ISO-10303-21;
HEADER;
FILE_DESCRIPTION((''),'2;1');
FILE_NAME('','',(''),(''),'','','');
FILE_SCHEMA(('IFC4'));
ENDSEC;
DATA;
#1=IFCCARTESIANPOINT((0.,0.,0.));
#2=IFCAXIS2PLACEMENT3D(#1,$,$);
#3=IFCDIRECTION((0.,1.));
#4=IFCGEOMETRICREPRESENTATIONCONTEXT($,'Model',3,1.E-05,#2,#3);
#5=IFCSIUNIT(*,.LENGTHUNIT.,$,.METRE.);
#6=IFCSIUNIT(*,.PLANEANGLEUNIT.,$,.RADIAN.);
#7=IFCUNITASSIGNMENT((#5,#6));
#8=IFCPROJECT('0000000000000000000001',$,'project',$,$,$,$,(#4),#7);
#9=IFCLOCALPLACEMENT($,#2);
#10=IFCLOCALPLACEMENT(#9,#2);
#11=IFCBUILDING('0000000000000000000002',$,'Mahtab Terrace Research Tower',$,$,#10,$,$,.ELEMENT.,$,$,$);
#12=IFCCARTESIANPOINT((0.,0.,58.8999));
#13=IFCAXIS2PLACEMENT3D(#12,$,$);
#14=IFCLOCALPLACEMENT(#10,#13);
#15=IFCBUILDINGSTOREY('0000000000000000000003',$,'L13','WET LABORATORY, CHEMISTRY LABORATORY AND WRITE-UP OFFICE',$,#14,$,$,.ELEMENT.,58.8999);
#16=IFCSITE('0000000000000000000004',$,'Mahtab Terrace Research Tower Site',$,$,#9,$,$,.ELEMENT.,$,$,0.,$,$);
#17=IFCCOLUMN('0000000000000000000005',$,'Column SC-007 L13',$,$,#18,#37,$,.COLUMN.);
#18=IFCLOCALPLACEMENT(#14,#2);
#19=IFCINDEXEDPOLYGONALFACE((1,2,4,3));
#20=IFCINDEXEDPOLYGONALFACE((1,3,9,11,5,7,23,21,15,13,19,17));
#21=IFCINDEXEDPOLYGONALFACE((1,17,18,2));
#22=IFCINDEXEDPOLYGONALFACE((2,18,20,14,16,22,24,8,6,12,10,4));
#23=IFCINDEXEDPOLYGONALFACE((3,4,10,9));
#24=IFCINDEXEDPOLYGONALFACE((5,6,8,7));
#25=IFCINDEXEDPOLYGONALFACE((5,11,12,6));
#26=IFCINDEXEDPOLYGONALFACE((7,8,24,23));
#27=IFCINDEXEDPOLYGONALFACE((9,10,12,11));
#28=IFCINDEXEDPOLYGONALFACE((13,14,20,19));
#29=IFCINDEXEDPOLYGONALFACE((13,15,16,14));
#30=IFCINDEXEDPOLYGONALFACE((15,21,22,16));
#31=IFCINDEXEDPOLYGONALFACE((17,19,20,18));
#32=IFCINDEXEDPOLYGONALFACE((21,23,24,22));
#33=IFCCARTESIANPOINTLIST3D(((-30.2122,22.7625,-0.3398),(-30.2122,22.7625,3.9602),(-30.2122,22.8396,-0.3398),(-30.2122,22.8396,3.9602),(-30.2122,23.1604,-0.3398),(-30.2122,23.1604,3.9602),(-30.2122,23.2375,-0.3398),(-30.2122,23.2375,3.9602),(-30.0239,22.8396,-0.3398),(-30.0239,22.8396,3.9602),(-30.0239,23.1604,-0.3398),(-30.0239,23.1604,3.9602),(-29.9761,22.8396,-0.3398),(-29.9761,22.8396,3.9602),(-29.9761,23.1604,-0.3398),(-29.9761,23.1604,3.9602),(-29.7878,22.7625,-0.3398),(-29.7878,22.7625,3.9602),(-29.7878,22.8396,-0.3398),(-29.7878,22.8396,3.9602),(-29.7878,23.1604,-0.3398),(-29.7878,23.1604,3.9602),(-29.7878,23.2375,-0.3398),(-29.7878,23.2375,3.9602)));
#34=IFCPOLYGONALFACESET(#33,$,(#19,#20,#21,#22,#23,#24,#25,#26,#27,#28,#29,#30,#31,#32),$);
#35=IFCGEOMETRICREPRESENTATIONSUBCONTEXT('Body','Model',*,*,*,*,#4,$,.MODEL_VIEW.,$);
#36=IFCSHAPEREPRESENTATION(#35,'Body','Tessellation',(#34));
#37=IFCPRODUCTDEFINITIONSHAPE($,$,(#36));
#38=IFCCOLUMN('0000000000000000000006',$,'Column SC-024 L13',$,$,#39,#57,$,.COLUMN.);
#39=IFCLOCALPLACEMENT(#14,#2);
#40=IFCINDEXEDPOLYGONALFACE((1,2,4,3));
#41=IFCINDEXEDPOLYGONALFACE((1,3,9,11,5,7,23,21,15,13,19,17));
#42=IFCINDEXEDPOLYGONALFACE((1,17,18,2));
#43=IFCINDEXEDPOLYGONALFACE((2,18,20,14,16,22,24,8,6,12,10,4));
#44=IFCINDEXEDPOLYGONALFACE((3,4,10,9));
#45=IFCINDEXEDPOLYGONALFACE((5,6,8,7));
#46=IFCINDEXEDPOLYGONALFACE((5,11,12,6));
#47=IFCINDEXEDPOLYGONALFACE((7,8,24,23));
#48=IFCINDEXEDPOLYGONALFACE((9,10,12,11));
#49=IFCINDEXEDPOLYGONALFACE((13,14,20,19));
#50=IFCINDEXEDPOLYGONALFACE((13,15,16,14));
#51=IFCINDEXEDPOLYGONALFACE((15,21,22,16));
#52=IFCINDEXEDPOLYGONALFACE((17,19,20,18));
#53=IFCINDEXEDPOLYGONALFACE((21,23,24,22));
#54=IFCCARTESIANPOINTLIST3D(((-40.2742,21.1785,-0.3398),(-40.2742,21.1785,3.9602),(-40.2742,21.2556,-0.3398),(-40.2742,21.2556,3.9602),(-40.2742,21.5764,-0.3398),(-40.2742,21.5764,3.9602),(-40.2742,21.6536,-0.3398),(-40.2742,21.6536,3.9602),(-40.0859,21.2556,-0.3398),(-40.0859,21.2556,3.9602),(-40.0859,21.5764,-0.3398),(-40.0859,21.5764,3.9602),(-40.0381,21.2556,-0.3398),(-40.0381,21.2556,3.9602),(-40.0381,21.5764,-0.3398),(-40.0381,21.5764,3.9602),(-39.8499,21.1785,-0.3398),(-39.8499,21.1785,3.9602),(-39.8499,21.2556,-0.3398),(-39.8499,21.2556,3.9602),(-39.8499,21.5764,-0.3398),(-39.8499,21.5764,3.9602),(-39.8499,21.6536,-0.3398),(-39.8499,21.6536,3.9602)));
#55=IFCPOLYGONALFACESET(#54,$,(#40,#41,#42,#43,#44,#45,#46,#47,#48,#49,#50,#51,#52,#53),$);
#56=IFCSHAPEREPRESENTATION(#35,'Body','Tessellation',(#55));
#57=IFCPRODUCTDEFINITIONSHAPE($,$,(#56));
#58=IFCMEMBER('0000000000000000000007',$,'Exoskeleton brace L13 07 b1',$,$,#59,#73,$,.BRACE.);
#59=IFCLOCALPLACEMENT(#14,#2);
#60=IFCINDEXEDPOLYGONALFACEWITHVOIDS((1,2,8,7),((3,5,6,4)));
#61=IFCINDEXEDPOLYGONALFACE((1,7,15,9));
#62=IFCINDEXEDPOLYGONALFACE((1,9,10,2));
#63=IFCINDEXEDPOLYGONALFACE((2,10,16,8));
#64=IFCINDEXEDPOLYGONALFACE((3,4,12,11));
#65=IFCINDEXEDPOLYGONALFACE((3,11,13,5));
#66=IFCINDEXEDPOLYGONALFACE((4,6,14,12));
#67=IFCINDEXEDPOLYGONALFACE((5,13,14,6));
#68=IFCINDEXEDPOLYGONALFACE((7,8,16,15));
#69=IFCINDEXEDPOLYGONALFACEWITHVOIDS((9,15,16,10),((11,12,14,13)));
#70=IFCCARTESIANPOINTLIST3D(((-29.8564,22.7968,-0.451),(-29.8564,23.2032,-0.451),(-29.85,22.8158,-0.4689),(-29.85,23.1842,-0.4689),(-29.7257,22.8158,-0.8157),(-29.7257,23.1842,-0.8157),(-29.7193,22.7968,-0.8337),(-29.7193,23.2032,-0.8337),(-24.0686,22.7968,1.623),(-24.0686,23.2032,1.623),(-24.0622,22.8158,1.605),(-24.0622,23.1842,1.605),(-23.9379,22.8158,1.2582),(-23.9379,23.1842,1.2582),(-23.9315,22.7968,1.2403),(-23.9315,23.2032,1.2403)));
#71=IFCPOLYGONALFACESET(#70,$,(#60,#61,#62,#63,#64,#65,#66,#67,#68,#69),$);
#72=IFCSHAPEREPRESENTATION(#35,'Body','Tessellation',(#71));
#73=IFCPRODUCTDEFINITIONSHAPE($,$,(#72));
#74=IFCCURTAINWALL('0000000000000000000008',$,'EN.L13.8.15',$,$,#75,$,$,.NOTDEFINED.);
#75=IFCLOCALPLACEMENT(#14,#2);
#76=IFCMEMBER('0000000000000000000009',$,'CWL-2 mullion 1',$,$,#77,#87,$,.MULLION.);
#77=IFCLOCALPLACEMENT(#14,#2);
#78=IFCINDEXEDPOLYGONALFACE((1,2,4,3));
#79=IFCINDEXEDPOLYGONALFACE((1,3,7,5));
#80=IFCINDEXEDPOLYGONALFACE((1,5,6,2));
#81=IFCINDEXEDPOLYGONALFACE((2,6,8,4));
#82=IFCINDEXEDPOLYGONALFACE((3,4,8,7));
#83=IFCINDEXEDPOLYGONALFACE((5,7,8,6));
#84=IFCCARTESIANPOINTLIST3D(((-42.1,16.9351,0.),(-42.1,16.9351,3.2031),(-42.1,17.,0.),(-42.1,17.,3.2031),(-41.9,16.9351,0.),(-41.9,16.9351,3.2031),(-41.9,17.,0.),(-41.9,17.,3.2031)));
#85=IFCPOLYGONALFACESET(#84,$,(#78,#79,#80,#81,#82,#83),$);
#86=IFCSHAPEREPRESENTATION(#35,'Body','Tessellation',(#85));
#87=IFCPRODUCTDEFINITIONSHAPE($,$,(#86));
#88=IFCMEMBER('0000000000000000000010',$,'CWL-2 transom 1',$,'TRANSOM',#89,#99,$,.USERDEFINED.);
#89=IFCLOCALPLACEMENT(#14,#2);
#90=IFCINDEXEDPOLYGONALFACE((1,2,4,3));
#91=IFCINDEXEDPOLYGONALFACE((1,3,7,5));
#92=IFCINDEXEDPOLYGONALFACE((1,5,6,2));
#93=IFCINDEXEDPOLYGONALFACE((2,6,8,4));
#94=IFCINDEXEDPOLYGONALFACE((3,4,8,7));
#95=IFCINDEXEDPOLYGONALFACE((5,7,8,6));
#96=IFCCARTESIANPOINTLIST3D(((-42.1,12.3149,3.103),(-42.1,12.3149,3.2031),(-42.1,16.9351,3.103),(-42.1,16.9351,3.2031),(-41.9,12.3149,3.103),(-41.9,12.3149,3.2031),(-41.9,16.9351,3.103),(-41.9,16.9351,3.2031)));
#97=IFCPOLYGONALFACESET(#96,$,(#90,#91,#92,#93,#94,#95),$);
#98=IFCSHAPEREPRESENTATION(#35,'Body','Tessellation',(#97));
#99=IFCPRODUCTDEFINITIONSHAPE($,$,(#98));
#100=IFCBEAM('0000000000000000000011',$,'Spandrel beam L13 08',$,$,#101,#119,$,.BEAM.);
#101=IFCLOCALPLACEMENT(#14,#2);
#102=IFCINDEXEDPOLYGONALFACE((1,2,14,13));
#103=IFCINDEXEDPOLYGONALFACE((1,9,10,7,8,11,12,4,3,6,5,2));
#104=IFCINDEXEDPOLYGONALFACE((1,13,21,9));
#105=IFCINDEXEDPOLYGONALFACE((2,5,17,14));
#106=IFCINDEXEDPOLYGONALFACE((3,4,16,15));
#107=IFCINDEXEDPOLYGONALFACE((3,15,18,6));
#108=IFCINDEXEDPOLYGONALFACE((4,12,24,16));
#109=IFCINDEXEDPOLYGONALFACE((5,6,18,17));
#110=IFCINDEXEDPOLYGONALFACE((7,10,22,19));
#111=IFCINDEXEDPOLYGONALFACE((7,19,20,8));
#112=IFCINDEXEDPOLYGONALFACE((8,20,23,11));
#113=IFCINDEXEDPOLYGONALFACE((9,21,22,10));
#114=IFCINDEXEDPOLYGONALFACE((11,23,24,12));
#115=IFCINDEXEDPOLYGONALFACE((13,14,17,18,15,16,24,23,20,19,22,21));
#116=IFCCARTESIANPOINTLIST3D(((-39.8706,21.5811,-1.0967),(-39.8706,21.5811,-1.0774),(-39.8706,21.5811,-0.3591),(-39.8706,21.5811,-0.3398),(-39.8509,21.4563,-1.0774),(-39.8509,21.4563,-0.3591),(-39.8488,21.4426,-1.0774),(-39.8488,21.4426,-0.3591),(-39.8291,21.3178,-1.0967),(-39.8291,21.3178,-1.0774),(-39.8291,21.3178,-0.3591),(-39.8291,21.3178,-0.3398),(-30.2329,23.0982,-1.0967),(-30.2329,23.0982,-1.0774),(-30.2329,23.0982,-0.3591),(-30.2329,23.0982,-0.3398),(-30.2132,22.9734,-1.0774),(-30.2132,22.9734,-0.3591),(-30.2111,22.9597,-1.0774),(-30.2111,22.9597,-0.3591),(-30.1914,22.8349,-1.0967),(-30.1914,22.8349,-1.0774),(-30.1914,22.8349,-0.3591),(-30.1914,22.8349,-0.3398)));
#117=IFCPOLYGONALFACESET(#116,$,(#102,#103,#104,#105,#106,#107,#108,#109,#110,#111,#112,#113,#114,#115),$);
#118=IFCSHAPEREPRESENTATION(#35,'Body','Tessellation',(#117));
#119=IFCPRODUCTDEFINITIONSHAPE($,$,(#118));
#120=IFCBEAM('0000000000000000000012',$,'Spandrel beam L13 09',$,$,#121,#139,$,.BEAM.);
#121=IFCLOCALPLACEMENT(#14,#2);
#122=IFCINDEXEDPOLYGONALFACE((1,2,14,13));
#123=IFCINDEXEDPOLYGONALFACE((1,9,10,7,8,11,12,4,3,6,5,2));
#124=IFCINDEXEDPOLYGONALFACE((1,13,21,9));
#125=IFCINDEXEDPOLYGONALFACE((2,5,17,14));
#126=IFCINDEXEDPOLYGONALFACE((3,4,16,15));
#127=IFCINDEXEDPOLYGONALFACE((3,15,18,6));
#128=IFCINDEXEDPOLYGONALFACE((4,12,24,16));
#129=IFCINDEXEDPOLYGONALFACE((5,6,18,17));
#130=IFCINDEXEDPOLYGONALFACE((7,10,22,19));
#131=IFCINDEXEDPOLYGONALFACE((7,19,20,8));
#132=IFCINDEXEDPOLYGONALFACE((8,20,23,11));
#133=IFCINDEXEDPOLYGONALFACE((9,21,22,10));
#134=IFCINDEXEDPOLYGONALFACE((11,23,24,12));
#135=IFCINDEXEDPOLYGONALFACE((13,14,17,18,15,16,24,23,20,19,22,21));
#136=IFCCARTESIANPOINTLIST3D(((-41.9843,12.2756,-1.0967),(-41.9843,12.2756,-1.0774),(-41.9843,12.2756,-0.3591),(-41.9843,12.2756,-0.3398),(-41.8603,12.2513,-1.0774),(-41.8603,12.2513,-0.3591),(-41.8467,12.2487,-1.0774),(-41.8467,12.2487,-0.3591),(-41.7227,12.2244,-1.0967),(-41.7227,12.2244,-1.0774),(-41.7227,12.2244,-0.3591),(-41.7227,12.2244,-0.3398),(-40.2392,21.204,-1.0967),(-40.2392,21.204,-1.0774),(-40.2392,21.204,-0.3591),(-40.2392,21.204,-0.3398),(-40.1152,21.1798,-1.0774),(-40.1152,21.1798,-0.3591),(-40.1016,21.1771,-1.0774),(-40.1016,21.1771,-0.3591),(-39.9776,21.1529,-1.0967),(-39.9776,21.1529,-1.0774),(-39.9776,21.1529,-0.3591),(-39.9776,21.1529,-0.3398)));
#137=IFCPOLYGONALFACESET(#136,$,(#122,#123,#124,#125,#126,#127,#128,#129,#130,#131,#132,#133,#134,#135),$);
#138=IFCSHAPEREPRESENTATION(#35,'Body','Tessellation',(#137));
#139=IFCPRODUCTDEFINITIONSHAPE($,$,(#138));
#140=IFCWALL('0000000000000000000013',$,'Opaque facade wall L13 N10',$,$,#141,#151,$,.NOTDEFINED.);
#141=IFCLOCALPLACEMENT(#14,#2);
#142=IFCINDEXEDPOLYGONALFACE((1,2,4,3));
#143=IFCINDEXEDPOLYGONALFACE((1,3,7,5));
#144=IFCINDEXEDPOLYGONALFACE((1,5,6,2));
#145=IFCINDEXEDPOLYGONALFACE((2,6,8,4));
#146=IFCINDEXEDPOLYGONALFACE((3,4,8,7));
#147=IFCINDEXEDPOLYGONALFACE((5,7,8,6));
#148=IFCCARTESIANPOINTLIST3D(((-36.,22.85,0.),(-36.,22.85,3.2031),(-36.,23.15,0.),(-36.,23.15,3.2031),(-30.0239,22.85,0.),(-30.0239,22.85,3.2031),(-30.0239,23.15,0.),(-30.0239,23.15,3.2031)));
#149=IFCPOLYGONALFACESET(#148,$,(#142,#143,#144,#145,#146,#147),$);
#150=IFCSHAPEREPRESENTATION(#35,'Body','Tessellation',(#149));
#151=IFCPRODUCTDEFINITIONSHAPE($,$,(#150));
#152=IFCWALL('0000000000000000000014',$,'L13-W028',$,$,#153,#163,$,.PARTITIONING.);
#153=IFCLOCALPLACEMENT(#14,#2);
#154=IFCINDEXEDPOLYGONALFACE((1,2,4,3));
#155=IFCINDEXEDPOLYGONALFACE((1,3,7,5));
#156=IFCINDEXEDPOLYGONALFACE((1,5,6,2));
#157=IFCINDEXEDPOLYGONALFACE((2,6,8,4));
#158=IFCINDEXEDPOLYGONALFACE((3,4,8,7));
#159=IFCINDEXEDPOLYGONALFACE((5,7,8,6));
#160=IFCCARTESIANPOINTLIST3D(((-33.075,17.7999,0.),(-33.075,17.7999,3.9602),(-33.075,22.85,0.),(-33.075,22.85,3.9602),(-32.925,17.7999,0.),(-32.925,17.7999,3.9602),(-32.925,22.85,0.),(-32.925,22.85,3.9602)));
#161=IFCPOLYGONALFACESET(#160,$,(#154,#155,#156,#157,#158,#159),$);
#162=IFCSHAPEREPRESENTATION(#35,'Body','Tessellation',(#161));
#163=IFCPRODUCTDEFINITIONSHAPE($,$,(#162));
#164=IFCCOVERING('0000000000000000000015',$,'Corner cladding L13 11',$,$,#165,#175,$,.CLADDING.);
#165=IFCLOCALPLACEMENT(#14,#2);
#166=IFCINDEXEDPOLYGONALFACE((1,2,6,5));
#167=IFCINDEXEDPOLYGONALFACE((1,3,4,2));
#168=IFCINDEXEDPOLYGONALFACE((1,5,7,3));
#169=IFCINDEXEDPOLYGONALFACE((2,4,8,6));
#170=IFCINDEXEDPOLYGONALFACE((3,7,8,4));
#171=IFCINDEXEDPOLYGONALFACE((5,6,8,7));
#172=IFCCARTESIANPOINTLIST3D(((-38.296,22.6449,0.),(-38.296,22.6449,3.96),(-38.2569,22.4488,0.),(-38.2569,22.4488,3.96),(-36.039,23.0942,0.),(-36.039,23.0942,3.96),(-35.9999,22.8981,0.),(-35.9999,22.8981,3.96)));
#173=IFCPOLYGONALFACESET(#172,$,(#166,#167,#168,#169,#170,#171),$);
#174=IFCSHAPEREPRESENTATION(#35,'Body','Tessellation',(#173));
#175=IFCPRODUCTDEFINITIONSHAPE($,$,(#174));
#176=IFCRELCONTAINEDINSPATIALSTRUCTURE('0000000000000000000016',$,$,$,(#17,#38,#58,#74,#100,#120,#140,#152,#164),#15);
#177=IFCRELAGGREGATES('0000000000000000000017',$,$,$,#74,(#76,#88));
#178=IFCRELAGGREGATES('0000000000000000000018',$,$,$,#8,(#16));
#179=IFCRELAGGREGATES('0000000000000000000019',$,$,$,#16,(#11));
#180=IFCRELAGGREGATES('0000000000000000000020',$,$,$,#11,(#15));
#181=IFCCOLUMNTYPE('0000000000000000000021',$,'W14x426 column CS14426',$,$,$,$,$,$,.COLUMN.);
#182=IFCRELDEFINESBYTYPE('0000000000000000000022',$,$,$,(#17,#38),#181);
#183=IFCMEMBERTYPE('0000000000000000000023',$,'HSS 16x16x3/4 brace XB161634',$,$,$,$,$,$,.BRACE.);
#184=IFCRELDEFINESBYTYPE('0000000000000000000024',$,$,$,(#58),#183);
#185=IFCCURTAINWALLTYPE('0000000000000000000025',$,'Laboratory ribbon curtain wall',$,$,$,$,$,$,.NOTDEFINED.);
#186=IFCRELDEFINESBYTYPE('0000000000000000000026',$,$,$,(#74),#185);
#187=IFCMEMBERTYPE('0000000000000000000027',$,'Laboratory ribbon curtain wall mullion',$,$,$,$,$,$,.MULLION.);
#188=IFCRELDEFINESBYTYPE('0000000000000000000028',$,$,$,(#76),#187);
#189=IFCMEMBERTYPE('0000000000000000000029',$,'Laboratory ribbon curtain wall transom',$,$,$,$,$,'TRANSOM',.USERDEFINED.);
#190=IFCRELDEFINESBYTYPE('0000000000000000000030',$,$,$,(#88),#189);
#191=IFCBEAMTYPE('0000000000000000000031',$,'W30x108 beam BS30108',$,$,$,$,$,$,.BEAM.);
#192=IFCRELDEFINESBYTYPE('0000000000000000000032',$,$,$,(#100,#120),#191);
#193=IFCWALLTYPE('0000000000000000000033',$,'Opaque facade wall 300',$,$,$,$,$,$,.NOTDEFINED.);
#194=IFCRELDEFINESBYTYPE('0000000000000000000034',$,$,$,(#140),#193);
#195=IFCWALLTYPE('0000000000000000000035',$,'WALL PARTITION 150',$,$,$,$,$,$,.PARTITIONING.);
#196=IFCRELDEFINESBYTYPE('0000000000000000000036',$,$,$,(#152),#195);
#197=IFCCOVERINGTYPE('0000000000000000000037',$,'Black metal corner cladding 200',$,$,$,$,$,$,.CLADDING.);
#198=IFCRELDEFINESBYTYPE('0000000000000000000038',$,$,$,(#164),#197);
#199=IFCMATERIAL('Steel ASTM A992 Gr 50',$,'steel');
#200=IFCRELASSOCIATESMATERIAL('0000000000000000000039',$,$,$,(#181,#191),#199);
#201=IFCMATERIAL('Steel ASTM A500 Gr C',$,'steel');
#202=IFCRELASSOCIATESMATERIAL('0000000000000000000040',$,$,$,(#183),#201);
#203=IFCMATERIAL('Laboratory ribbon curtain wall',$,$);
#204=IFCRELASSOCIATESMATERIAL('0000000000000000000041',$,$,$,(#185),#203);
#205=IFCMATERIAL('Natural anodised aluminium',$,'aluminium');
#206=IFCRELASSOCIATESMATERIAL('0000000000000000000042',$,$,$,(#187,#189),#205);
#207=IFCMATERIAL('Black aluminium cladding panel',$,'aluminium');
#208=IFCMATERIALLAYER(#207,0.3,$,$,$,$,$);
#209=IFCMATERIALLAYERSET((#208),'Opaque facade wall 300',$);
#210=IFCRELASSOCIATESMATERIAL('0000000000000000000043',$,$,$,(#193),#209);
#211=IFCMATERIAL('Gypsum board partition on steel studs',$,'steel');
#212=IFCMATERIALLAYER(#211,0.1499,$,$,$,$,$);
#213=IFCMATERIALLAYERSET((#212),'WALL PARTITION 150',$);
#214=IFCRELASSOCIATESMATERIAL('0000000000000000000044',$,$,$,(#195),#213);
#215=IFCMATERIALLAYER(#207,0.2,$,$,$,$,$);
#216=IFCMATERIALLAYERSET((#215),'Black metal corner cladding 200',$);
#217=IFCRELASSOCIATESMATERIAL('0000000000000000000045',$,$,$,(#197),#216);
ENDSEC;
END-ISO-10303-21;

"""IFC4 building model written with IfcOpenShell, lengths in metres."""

from ifc_helpers import new_model, si_unit, direction, frame, frame_2d, origin, origin_2d, place, context, subcontext, project, spatial, rectangle, hollow_rectangle, i_section, extrude, material, layer, layer_set, material_profile, profile_set, type_object, element, aggregate, save


model = new_model("IFC4")

# Units and contexts
model_context = context("Model", 3, precision=1e-05, world=origin(), true_north=direction((0.0, 1.0)))
body_context = subcontext(model_context, "Body", "Model", "MODEL_VIEW")
ifc_project = project(units=[si_unit("LENGTHUNIT", "METRE"), si_unit("PLANEANGLEUNIT", "RADIAN")], contexts=[model_context])

# Site, building, storey
site_placement = place(None, origin())
site = spatial("IfcSite", under=ifc_project, at=site_placement, Name="Mahtab Terrace Research Tower Site", CompositionType="ELEMENT", RefElevation=0.0)
building_placement = place(site_placement, origin())
building = spatial("IfcBuilding", under=site, at=building_placement, Name="Mahtab Terrace Research Tower", CompositionType="ELEMENT")
storey_placement = place(building_placement, frame((0.0, 0.0, 58.8999)))
storey = spatial("IfcBuildingStorey", under=building, at=storey_placement, Name="L13", Description="WET LABORATORY, CHEMISTRY LABORATORY AND WRITE-UP OFFICE", CompositionType="ELEMENT", Elevation=58.8999)

# Columns
ifc_material_1 = material(Name="Steel ASTM A992 Gr 50", Category="steel")
ifc_material_profile_1 = material_profile(ifc_material_1, i_section(OverallWidth=0.4243, OverallDepth=0.4751, WebThickness=0.0479, FlangeThickness=0.0771, at=origin_2d()), Name="W14X426")
ifc_profile_set_1 = profile_set([ifc_material_profile_1], Name="Steel ASTM A992 Gr 50")
column_type = type_object("IfcColumnType", Name="W14x426 column CS14426", PredefinedType="COLUMN", material=ifc_profile_set_1)
for number, where, z_axis, x_axis, name in (
    (1, (-30.0, 23.0, -0.3398), (0.0, 0.0, 1.0), (1.0, 0.0, 0.0), "Column SC-007 L13"),
    (2, (-40.062, 21.416, -0.3398), (0.0, 0.0, 1.0), (1.0, 0.0, 0.0), "Column SC-024 L13"),
):
    element("IfcColumn", number, at=place(storey_placement, frame(where, z_axis=z_axis, x_axis=x_axis)), inside=storey, type_object=column_type, Name=name, PredefinedType="COLUMN", context=body_context, shape_type="SweptSolid", body=[
        extrude(i_section(OverallWidth=0.4243, OverallDepth=0.4751, WebThickness=0.0479, FlangeThickness=0.0771, at=origin_2d()), origin(), (0.0, 0.0, 1.0), 4.3),
    ])

# Member
ifc_material_2 = material(Name="Steel ASTM A500 Gr C", Category="steel")
ifc_material_profile_2 = material_profile(ifc_material_2, hollow_rectangle(XDim=0.4065, YDim=0.4065, WallThickness=0.019, at=origin_2d()), Name="HSS16X16X3/4")
ifc_profile_set_2 = profile_set([ifc_material_profile_2], Name="Steel ASTM A500 Gr C")
member_type_1 = type_object("IfcMemberType", Name="HSS 16x16x3/4 brace XB161634", PredefinedType="BRACE", material=ifc_profile_set_2)
member_1_placement = place(storey_placement, frame((-29.7878, 23.0, -0.6423), z_axis=(0.941387, 0.0, 0.33733), x_axis=(0.0, 1.0, 0.0)))
element("IfcMember", 3, at=member_1_placement, inside=storey, type_object=member_type_1, Name="Exoskeleton brace L13 07 b1", PredefinedType="BRACE", context=body_context, shape_type="SweptSolid", body=[
    extrude(hollow_rectangle(XDim=0.4065, YDim=0.4065, WallThickness=0.019, at=origin_2d()), origin(), (0.0, 0.0, 1.0), 6.1482),
])

# Curtain wall, members
ifc_material_3 = material(Name="Laboratory ribbon curtain wall")
curtain_wall_type = type_object("IfcCurtainWallType", Name="Laboratory ribbon curtain wall", PredefinedType="NOTDEFINED", material=ifc_material_3)
curtain_wall_placement = place(storey_placement, origin())
curtain_wall = element("IfcCurtainWall", 4, at=curtain_wall_placement, inside=storey, type_object=curtain_wall_type, Name="EN.L13.8.15", PredefinedType="NOTDEFINED")
ifc_material_4 = material(Name="Natural anodised aluminium", Category="aluminium")
ifc_material_profile_3 = material_profile(ifc_material_4, rectangle(XDim=0.2, YDim=0.0649, at=origin_2d()), Name="MULLION 65x200")
ifc_profile_set_3 = profile_set([ifc_material_profile_3], Name="Natural anodised aluminium")
member_type_2 = type_object("IfcMemberType", Name="Laboratory ribbon curtain wall mullion", PredefinedType="MULLION", material=ifc_profile_set_3)
member_2_placement = place(storey_placement, frame((-42.0, 16.9675, 0.0), z_axis=(0.0, 0.0, 1.0), x_axis=(1.0, 0.0, 0.0)))
member_2 = element("IfcMember", 5, at=member_2_placement, type_object=member_type_2, Name="CWL-2 mullion 1", PredefinedType="MULLION", context=body_context, shape_type="SweptSolid", body=[
    extrude(rectangle(XDim=0.2, YDim=0.0649, at=origin_2d()), origin(), (0.0, 0.0, 1.0), 3.2031),
])
ifc_material_profile_4 = material_profile(ifc_material_4, rectangle(XDim=0.2, YDim=0.1001, at=origin_2d()), Name="TRANSOM 100x200")
ifc_profile_set_4 = profile_set([ifc_material_profile_4], Name="Natural anodised aluminium")
member_type_3 = type_object("IfcMemberType", Name="Laboratory ribbon curtain wall transom", ElementType="TRANSOM", PredefinedType="USERDEFINED", material=ifc_profile_set_4)
member_3_placement = place(storey_placement, frame((-42.0, 16.9351, 3.1531), z_axis=(0.0, -1.0, 0.0), x_axis=(1.0, 0.0, 0.0)))
member_3 = element("IfcMember", 6, at=member_3_placement, type_object=member_type_3, Name="CWL-2 transom 1", ObjectType="TRANSOM", PredefinedType="USERDEFINED", context=body_context, shape_type="SweptSolid", body=[
    extrude(rectangle(XDim=0.2, YDim=0.1001, at=origin_2d()), origin(), (0.0, 0.0, 1.0), 4.6201),
])
aggregate(curtain_wall, [member_2, member_3])

# Beams
ifc_material_profile_5 = material_profile(ifc_material_1, i_section(OverallWidth=0.2666, OverallDepth=0.7568, WebThickness=0.0139, FlangeThickness=0.0193, at=origin_2d()), Name="W30X108")
ifc_profile_set_5 = profile_set([ifc_material_profile_5], Name="Steel ASTM A992 Gr 50")
beam_type = type_object("IfcBeamType", Name="W30x108 beam BS30108", PredefinedType="BEAM", material=ifc_profile_set_5)
beam_1_placement = place(storey_placement, frame((-30.2122, 22.9666, -0.7183), z_axis=(-0.987836, -0.155497, 0.0), x_axis=(0.155497, -0.987836, 0.0)))
element("IfcBeam", 7, at=beam_1_placement, inside=storey, type_object=beam_type, Name="Spandrel beam L13 08", PredefinedType="BEAM", context=body_context, shape_type="SweptSolid", body=[
    extrude(i_section(OverallWidth=0.2666, OverallDepth=0.7568, WebThickness=0.0139, FlangeThickness=0.0193, at=origin_2d()), origin(), (0.0, 0.0, 1.0), 9.7563),
])
beam_2_placement = place(storey_placement, frame((-40.1084, 21.1785, -0.7183), z_axis=(-0.191826, -0.981429, 0.0), x_axis=(0.981429, -0.191826, 0.0)))
element("IfcBeam", 8, at=beam_2_placement, inside=storey, type_object=beam_type, Name="Spandrel beam L13 09", PredefinedType="BEAM", context=body_context, shape_type="SweptSolid", body=[
    extrude(i_section(OverallWidth=0.2666, OverallDepth=0.7568, WebThickness=0.0139, FlangeThickness=0.0193, at=origin_2d()), origin(), (0.0, 0.0, 1.0), 9.0974),
])

# Wall
ifc_material_5 = material(Name="Black aluminium cladding panel", Category="aluminium")
ifc_layer_1 = layer(ifc_material_5, 0.3)
ifc_layer_set_1 = layer_set([ifc_layer_1], Name="Opaque facade wall 300")
wall_type_1 = type_object("IfcWallType", Name="Opaque facade wall 300", PredefinedType="NOTDEFINED", material=ifc_layer_set_1)
wall_1_placement = place(storey_placement, frame((-30.0239, 23.0, 0.0), z_axis=(0.0, 0.0, 1.0), x_axis=(-1.0, 0.0, 0.0)))
element("IfcWall", 9, at=wall_1_placement, inside=storey, type_object=wall_type_1, Name="Opaque facade wall L13 N10", PredefinedType="NOTDEFINED", context=body_context, shape_type="SweptSolid", body=[
    extrude(rectangle(XDim=5.9761, YDim=0.3, at=frame_2d((2.988, 0.0))), origin(), (0.0, 0.0, 1.0), 3.2031),
])

# Wall
ifc_material_6 = material(Name="Gypsum board partition on steel studs", Category="steel")
ifc_layer_2 = layer(ifc_material_6, 0.1499)
ifc_layer_set_2 = layer_set([ifc_layer_2], Name="WALL PARTITION 150")
wall_type_2 = type_object("IfcWallType", Name="WALL PARTITION 150", PredefinedType="PARTITIONING", material=ifc_layer_set_2)
wall_2_placement = place(storey_placement, frame((-33.0, 17.8, 0.0), z_axis=(0.0, 0.0, 1.0), x_axis=(0.0, 1.0, 0.0)))
element("IfcWall", 10, at=wall_2_placement, inside=storey, type_object=wall_type_2, Name="L13-W028", PredefinedType="PARTITIONING", context=body_context, shape_type="SweptSolid", body=[
    extrude(rectangle(XDim=5.05, YDim=0.1499, at=frame_2d((2.5249, 0.0))), origin(), (0.0, 0.0, 1.0), 3.9602),
])

# Covering
ifc_layer_3 = layer(ifc_material_5, 0.2)
ifc_layer_set_3 = layer_set([ifc_layer_3], Name="Black metal corner cladding 200")
covering_type = type_object("IfcCoveringType", Name="Black metal corner cladding 200", PredefinedType="CLADDING", material=ifc_layer_set_3)
covering_1_placement = place(storey_placement, frame((-37.1479, 22.7715, 0.0), z_axis=(0.0, 0.0, 1.0), x_axis=(-0.980761, -0.195212, 0.0)))
element("IfcCovering", 11, at=covering_1_placement, inside=storey, type_object=covering_type, Name="Corner cladding L13 11", PredefinedType="CLADDING", context=body_context, shape_type="SweptSolid", body=[
    extrude(rectangle(XDim=2.3013, YDim=0.2, at=origin_2d()), origin(), (0.0, 0.0, 1.0), 3.96),
])

save(model, "model.ifc")
